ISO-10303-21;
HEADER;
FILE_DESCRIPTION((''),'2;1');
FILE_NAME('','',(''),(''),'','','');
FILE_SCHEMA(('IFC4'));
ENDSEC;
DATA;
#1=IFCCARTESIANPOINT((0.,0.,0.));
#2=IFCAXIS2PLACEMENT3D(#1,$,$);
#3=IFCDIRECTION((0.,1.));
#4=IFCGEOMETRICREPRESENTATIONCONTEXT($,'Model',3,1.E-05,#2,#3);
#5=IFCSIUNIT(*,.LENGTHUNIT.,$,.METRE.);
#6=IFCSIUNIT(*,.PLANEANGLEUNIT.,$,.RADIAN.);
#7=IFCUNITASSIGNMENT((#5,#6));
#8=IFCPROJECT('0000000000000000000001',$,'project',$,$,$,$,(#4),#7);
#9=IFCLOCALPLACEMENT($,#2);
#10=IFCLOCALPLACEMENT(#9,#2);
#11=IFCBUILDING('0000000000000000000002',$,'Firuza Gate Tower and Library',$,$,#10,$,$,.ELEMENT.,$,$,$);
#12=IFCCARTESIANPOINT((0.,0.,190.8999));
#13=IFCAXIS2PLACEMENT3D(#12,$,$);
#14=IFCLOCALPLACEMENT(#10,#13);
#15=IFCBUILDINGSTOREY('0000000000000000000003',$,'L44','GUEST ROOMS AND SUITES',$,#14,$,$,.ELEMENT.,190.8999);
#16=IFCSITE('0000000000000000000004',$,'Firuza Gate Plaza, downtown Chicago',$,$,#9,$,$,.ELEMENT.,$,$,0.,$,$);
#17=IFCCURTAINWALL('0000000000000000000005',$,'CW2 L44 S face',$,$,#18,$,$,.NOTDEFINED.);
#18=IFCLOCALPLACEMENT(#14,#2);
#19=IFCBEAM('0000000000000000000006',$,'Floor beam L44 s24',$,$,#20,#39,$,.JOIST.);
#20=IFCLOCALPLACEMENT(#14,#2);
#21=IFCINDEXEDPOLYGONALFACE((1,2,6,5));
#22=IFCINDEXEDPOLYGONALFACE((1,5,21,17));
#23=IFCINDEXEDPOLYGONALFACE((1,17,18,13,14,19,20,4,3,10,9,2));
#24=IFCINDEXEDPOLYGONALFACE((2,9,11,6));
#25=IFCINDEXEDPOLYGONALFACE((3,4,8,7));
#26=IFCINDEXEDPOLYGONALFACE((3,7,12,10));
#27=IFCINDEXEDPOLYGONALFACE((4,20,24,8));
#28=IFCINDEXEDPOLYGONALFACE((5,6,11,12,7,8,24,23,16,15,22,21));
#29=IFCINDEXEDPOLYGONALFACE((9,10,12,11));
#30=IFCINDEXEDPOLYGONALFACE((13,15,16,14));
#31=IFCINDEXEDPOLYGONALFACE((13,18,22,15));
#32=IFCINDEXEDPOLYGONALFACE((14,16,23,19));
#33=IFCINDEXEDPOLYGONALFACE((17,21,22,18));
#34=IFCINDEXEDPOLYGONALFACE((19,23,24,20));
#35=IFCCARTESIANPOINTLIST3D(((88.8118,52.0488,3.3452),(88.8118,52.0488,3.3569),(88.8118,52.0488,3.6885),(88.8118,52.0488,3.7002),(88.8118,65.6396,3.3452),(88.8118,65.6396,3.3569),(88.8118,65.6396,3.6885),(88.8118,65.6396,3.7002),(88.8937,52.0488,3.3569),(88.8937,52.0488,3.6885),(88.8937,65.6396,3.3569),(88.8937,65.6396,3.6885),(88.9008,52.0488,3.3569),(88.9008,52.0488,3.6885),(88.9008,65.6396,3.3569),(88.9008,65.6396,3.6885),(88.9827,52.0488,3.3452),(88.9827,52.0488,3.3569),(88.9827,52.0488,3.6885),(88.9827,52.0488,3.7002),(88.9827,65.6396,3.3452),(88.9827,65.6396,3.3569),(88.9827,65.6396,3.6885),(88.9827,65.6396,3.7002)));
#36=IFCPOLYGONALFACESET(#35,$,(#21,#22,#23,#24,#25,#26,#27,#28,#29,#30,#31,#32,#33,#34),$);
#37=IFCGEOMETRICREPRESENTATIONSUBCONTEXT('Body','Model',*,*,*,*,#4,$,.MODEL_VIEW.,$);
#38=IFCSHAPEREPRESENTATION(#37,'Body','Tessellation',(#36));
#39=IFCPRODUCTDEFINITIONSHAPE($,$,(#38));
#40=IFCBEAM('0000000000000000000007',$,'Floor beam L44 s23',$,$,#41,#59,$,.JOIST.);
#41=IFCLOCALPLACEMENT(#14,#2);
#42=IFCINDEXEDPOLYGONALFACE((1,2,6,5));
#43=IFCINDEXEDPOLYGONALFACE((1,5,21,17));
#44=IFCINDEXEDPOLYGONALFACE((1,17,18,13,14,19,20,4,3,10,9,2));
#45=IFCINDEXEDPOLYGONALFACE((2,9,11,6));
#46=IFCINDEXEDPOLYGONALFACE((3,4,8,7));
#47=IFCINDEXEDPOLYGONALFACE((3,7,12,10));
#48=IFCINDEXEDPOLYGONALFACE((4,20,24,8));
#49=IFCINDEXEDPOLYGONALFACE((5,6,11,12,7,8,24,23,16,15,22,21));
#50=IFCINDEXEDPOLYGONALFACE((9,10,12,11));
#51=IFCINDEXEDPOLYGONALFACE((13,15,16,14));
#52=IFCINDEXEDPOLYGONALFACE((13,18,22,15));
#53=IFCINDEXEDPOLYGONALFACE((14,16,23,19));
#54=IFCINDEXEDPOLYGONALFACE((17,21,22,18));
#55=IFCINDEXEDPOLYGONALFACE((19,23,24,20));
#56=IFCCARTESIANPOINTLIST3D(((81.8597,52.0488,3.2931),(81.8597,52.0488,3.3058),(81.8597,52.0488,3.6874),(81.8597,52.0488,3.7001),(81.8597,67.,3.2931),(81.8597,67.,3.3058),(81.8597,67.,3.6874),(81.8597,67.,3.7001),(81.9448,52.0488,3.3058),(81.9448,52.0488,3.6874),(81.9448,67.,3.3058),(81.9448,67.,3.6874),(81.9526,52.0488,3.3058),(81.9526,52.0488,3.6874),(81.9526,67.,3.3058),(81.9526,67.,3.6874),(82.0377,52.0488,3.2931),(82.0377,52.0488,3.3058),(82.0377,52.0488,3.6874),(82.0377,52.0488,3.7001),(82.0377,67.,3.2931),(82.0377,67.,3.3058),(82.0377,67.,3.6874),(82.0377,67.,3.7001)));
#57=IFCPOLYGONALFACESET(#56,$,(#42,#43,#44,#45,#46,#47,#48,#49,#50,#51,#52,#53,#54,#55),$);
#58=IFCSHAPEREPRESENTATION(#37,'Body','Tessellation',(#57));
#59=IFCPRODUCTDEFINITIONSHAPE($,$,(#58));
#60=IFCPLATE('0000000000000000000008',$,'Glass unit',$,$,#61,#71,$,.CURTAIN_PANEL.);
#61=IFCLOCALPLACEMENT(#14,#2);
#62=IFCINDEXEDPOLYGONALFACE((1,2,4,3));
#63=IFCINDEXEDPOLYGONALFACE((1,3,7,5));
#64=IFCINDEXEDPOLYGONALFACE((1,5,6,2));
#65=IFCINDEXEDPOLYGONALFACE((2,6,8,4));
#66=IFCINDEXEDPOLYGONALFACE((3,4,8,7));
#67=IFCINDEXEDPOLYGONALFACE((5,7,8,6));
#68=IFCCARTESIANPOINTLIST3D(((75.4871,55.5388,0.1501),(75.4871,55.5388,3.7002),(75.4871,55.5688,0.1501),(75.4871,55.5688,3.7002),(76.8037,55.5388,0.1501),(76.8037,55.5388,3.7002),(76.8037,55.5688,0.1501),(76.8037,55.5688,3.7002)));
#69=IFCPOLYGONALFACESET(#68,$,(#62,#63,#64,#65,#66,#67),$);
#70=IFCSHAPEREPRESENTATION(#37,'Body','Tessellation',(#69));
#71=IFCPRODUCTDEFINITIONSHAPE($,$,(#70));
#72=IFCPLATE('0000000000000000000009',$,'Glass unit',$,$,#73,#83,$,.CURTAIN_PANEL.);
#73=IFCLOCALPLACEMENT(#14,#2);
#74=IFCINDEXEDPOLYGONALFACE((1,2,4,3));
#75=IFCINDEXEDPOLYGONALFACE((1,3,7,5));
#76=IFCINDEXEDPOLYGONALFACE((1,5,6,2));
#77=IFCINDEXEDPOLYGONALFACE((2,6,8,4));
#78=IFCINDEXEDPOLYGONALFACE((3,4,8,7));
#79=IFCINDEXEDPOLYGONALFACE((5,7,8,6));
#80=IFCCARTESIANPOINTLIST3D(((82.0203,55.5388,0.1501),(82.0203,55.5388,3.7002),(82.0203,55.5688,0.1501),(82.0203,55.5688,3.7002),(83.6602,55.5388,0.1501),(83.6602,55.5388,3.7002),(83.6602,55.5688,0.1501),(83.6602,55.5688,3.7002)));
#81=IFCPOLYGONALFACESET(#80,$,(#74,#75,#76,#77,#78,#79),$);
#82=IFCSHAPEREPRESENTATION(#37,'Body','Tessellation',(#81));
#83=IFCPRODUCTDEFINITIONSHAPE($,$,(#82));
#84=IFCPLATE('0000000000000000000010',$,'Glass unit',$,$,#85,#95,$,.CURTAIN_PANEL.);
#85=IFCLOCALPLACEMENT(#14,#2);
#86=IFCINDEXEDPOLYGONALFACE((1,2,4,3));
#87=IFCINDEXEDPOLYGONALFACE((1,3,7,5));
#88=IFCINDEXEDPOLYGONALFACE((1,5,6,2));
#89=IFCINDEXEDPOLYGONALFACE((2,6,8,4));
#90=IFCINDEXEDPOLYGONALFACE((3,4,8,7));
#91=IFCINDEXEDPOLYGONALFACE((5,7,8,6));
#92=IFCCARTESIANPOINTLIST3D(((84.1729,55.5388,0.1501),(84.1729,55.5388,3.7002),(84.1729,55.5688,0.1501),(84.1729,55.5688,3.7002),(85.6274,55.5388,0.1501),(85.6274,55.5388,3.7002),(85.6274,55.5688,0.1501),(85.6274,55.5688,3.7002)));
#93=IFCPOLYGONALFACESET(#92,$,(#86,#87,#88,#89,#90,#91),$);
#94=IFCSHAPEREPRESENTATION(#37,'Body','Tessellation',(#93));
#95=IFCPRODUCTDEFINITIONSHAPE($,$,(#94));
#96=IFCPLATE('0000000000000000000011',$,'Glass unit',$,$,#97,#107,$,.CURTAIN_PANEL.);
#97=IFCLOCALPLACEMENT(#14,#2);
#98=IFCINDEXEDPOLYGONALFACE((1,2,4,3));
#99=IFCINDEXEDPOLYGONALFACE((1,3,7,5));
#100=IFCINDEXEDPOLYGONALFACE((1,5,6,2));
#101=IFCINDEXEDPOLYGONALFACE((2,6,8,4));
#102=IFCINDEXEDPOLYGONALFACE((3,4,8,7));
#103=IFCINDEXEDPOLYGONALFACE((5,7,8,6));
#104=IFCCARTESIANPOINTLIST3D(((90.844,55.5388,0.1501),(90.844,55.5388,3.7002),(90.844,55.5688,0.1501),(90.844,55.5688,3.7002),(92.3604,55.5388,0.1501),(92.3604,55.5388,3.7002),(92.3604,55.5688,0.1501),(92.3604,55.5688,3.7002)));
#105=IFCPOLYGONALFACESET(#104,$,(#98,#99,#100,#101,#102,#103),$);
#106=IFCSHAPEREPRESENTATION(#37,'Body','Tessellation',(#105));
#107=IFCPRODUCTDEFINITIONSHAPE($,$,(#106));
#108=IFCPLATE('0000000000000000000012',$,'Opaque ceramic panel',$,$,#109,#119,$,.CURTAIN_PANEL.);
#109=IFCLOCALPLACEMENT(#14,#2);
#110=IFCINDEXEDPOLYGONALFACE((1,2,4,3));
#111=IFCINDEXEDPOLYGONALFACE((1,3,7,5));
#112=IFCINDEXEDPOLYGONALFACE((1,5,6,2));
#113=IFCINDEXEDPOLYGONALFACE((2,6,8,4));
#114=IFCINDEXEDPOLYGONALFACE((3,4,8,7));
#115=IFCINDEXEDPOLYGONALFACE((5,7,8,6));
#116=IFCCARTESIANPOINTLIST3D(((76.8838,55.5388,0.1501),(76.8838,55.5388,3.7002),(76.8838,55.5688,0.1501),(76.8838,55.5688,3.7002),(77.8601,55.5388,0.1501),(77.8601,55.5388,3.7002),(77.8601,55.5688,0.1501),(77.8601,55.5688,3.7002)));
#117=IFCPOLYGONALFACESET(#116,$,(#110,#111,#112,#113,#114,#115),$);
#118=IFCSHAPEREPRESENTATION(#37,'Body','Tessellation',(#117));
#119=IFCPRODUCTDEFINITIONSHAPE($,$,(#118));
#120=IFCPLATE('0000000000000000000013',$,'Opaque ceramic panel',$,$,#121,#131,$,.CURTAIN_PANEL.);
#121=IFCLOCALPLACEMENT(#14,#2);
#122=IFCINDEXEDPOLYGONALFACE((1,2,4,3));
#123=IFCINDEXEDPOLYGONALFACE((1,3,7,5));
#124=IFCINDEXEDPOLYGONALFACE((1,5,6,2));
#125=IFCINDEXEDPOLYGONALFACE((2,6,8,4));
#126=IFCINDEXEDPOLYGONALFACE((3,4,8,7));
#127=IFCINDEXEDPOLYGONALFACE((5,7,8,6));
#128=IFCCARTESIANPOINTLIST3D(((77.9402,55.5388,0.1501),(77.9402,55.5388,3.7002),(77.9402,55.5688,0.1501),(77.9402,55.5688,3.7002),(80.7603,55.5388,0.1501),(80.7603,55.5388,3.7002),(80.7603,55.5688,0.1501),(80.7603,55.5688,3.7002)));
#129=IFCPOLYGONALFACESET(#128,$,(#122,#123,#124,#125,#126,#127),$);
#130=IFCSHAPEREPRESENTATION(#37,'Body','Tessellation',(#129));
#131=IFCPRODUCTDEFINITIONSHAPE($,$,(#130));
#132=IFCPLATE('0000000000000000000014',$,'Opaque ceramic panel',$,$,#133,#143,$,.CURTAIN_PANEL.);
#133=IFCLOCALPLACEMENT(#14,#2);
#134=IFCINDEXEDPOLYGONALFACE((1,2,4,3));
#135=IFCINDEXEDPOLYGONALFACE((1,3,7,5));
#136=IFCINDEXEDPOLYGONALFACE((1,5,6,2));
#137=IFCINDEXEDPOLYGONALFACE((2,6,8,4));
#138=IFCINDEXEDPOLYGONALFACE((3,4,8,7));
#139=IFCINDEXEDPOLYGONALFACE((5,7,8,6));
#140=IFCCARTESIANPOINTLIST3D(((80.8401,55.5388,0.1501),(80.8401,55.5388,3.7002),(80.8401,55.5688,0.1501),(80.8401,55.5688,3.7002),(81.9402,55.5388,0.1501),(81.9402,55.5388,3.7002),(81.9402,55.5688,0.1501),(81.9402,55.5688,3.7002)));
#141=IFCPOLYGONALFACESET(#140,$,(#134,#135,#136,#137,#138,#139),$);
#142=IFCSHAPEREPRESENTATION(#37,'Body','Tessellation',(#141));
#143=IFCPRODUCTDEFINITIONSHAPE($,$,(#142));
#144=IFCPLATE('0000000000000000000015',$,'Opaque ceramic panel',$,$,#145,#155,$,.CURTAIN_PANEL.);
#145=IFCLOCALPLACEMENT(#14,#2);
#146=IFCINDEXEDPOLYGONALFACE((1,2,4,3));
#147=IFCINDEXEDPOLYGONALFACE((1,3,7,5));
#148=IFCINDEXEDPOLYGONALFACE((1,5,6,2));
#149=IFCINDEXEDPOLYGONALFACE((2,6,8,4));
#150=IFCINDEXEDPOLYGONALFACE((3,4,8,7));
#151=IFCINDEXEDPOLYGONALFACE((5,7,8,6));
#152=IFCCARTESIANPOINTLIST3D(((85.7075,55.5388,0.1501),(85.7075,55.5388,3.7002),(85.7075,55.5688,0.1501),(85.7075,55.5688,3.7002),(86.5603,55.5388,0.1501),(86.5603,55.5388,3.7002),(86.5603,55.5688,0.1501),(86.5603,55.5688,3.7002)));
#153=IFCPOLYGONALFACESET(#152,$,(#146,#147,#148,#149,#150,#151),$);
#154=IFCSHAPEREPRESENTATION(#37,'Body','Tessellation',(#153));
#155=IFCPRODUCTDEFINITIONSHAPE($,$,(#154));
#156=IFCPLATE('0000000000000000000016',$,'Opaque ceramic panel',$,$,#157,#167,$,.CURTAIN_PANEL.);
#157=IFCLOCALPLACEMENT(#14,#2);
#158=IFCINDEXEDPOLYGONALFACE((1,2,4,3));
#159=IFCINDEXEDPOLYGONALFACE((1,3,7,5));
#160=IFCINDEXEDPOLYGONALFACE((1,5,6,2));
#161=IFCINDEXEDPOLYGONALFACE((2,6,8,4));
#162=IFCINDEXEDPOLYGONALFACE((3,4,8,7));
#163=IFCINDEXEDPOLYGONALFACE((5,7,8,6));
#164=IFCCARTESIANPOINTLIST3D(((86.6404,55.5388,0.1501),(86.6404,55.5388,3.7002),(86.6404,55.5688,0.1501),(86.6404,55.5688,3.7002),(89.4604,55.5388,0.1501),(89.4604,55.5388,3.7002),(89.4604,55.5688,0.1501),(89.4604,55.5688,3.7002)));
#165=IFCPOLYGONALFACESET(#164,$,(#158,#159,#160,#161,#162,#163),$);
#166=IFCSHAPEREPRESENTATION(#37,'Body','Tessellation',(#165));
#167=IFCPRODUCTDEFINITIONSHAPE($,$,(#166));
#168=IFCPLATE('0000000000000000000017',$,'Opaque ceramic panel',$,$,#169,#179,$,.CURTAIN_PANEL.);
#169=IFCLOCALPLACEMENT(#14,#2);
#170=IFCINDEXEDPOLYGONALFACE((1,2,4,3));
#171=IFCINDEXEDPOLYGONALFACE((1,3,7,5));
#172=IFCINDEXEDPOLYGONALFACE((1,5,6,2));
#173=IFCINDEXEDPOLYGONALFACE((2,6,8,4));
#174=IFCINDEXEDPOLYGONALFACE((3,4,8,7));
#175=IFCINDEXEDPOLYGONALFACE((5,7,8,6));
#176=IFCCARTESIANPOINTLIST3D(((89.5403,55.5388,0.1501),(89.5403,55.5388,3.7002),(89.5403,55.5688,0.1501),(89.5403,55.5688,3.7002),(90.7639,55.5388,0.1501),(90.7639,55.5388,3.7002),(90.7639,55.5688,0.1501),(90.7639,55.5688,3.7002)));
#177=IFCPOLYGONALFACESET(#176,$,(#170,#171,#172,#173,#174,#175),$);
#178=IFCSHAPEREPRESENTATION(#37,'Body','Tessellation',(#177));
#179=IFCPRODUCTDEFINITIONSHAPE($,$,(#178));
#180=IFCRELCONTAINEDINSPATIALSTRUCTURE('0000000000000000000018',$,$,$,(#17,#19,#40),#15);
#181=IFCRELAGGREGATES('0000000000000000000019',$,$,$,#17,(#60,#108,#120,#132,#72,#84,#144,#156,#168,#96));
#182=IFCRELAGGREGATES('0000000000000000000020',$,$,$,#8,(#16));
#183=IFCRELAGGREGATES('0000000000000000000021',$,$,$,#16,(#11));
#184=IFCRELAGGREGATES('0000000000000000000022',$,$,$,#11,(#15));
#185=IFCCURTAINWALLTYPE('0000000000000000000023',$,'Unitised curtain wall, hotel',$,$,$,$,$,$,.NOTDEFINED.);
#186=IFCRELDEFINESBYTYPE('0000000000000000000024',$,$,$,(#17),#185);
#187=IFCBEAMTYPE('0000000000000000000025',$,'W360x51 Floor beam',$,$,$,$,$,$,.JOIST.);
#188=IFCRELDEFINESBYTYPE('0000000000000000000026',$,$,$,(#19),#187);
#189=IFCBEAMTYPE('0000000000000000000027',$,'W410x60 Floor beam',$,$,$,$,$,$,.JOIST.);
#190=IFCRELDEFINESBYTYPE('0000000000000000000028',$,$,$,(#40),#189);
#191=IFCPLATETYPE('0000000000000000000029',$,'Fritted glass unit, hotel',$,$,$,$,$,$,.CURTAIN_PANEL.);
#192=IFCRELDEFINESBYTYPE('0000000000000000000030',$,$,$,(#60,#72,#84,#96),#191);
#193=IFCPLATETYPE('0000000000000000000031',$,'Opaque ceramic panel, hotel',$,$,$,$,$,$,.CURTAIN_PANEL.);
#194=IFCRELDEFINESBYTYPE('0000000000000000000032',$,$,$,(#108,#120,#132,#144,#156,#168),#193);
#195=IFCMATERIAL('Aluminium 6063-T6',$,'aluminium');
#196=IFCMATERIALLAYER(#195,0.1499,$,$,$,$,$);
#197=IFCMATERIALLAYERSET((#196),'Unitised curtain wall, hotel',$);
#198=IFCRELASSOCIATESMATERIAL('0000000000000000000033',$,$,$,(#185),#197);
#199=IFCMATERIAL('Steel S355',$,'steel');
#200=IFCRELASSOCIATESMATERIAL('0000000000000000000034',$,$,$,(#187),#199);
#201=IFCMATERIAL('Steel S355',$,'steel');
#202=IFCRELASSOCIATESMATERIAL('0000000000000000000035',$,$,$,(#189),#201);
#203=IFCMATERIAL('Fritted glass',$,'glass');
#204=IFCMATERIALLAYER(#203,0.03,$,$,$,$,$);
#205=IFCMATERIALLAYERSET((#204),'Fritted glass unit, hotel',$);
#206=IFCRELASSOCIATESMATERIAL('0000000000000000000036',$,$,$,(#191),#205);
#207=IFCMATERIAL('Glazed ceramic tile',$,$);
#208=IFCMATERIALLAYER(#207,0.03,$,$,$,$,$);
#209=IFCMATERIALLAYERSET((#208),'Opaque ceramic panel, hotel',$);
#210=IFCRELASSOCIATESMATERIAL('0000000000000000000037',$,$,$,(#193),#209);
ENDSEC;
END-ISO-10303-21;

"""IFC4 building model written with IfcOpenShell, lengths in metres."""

from ifc_helpers import new_model, si_unit, direction, frame, origin, origin_2d, place, context, subcontext, project, spatial, polyline, i_section, outline, extrude, material, layer, layer_set, material_profile, profile_set, type_object, element, aggregate, save


model = new_model("IFC4")

# Units and contexts
model_context = context("Model", 3, precision=1e-05, world=origin(), true_north=direction((0.0, 1.0)))
body_context = subcontext(model_context, "Body", "Model", "MODEL_VIEW")
ifc_project = project(units=[si_unit("LENGTHUNIT", "METRE"), si_unit("PLANEANGLEUNIT", "RADIAN")], contexts=[model_context])

# Site, building, storey
site_placement = place(None, origin())
site = spatial("IfcSite", under=ifc_project, at=site_placement, Name="Firuza Gate Plaza, downtown Chicago", CompositionType="ELEMENT", RefElevation=0.0)
building_placement = place(site_placement, origin())
building = spatial("IfcBuilding", under=site, at=building_placement, Name="Firuza Gate Tower and Library", CompositionType="ELEMENT")
storey_placement = place(building_placement, frame((0.0, 0.0, 190.8999)))
storey = spatial("IfcBuildingStorey", under=building, at=storey_placement, Name="L44", Description="GUEST ROOMS AND SUITES", CompositionType="ELEMENT", Elevation=190.8999)

# Curtain wall
ifc_material_1 = material(Name="Aluminium 6063-T6", Category="aluminium")
ifc_layer_1 = layer(ifc_material_1, 0.1499)
ifc_layer_set_1 = layer_set([ifc_layer_1], Name="Unitised curtain wall, hotel")
curtain_wall_type = type_object("IfcCurtainWallType", Name="Unitised curtain wall, hotel", PredefinedType="NOTDEFINED", material=ifc_layer_set_1)
curtain_wall_placement = place(storey_placement, origin())
curtain_wall = element("IfcCurtainWall", 1, at=curtain_wall_placement, inside=storey, type_object=curtain_wall_type, Name="CW2 L44 S face", PredefinedType="NOTDEFINED")

# Beams
ifc_material_2 = material(Name="Steel S355", Category="steel")
ifc_material_profile_1 = material_profile(ifc_material_2, i_section(OverallWidth=0.1709, OverallDepth=0.355, WebThickness=0.0071, FlangeThickness=0.0117, at=origin_2d()))
ifc_profile_set_1 = profile_set([ifc_material_profile_1], Name="Steel S355")
beam_type_1 = type_object("IfcBeamType", Name="W360x51 Floor beam", PredefinedType="JOIST", material=ifc_profile_set_1)
beam_1_placement = place(storey_placement, frame((88.8972, 52.0488, 3.5227), z_axis=(0.0, 1.0, 0.0), x_axis=(-1.0, 0.0, 0.0)))
element("IfcBeam", 2, at=beam_1_placement, inside=storey, type_object=beam_type_1, Name="Floor beam L44 s24", PredefinedType="JOIST", context=body_context, shape_type="SweptSolid", body=[
    extrude(i_section(OverallWidth=0.1709, OverallDepth=0.355, WebThickness=0.0071, FlangeThickness=0.0117, at=origin_2d()), origin(), (0.0, 0.0, 1.0), 13.5908),
])
ifc_material_3 = material(Name="Steel S355", Category="steel")
ifc_material_profile_2 = material_profile(ifc_material_3, i_section(OverallWidth=0.178, OverallDepth=0.407, WebThickness=0.0078, FlangeThickness=0.0127, at=origin_2d()))
ifc_profile_set_2 = profile_set([ifc_material_profile_2], Name="Steel S355")
beam_type_2 = type_object("IfcBeamType", Name="W410x60 Floor beam", PredefinedType="JOIST", material=ifc_profile_set_2)
beam_2_placement = place(storey_placement, frame((81.9487, 52.0488, 3.4966), z_axis=(0.0, 1.0, 0.0), x_axis=(-1.0, 0.0, 0.0)))
element("IfcBeam", 3, at=beam_2_placement, inside=storey, type_object=beam_type_2, Name="Floor beam L44 s23", PredefinedType="JOIST", context=body_context, shape_type="SweptSolid", body=[
    extrude(i_section(OverallWidth=0.178, OverallDepth=0.407, WebThickness=0.0078, FlangeThickness=0.0127, at=origin_2d()), origin(), (0.0, 0.0, 1.0), 14.9512),
])

# Plates
ifc_material_4 = material(Name="Fritted glass", Category="glass")
ifc_layer_2 = layer(ifc_material_4, 0.03)
ifc_layer_set_2 = layer_set([ifc_layer_2], Name="Fritted glass unit, hotel")
plate_type_1 = type_object("IfcPlateType", Name="Fritted glass unit, hotel", PredefinedType="CURTAIN_PANEL", material=ifc_layer_set_2)
plate_1_placement = place(storey_placement, frame((75.4871, 55.5388, 0.1501), z_axis=(0.0, -1.0, 0.0), x_axis=(1.0, 0.0, 0.0)))
plate_1 = element("IfcPlate", 4, at=plate_1_placement, type_object=plate_type_1, Name="Glass unit", PredefinedType="CURTAIN_PANEL", context=body_context, shape_type="SweptSolid", body=[
    extrude(outline(polyline([(0.0, 0.0), (1.3167, 0.0), (1.3167, 3.55), (0.0, 3.55), (0.0, 0.0)])), origin(), (0.0, 0.0, -1.0), 0.03),
])
plate_2_placement = place(storey_placement, frame((82.0203, 55.5388, 0.1501), z_axis=(0.0, -1.0, 0.0), x_axis=(1.0, 0.0, 0.0)))
plate_2 = element("IfcPlate", 5, at=plate_2_placement, type_object=plate_type_1, Name="Glass unit", PredefinedType="CURTAIN_PANEL", context=body_context, shape_type="SweptSolid", body=[
    extrude(outline(polyline([(0.0, 0.0), (1.6399, 0.0), (1.6399, 3.55), (0.0, 3.55), (0.0, 0.0)])), origin(), (0.0, 0.0, -1.0), 0.03),
])
plate_3_placement = place(storey_placement, frame((84.1729, 55.5388, 0.1501), z_axis=(0.0, -1.0, 0.0), x_axis=(1.0, 0.0, 0.0)))
plate_3 = element("IfcPlate", 6, at=plate_3_placement, type_object=plate_type_1, Name="Glass unit", PredefinedType="CURTAIN_PANEL", context=body_context, shape_type="SweptSolid", body=[
    extrude(outline(polyline([(0.0, 0.0), (1.4546, 0.0), (1.4546, 3.55), (0.0, 3.55), (0.0, 0.0)])), origin(), (0.0, 0.0, -1.0), 0.03),
])
plate_4_placement = place(storey_placement, frame((90.844, 55.5388, 0.1501), z_axis=(0.0, -1.0, 0.0), x_axis=(1.0, 0.0, 0.0)))
plate_4 = element("IfcPlate", 7, at=plate_4_placement, type_object=plate_type_1, Name="Glass unit", PredefinedType="CURTAIN_PANEL", context=body_context, shape_type="SweptSolid", body=[
    extrude(outline(polyline([(0.0, 0.0), (1.5164, 0.0), (1.5164, 3.55), (0.0, 3.55), (0.0, 0.0)])), origin(), (0.0, 0.0, -1.0), 0.03),
])
ifc_material_5 = material(Name="Glazed ceramic tile")
ifc_layer_3 = layer(ifc_material_5, 0.03)
ifc_layer_set_3 = layer_set([ifc_layer_3], Name="Opaque ceramic panel, hotel")
plate_type_2 = type_object("IfcPlateType", Name="Opaque ceramic panel, hotel", PredefinedType="CURTAIN_PANEL", material=ifc_layer_set_3)
plate_5_placement = place(storey_placement, frame((76.8838, 55.5388, 0.1501), z_axis=(0.0, -1.0, 0.0), x_axis=(1.0, 0.0, 0.0)))
plate_5 = element("IfcPlate", 8, at=plate_5_placement, type_object=plate_type_2, Name="Opaque ceramic panel", PredefinedType="CURTAIN_PANEL", context=body_context, shape_type="SweptSolid", body=[
    extrude(outline(polyline([(0.0, 0.0), (0.9763, 0.0), (0.9763, 3.55), (0.0, 3.55), (0.0, 0.0)])), origin(), (0.0, 0.0, -1.0), 0.03),
])
plate_6_placement = place(storey_placement, frame((77.9402, 55.5388, 0.1501), z_axis=(0.0, -1.0, 0.0), x_axis=(1.0, 0.0, 0.0)))
plate_6 = element("IfcPlate", 9, at=plate_6_placement, type_object=plate_type_2, Name="Opaque ceramic panel", PredefinedType="CURTAIN_PANEL", context=body_context, shape_type="SweptSolid", body=[
    extrude(outline(polyline([(0.0, 0.0), (2.8201, 0.0), (2.8201, 3.55), (0.0, 3.55), (0.0, 0.0)])), origin(), (0.0, 0.0, -1.0), 0.03),
])
plate_7_placement = place(storey_placement, frame((80.8401, 55.5388, 0.1501), z_axis=(0.0, -1.0, 0.0), x_axis=(1.0, 0.0, 0.0)))
plate_7 = element("IfcPlate", 10, at=plate_7_placement, type_object=plate_type_2, Name="Opaque ceramic panel", PredefinedType="CURTAIN_PANEL", context=body_context, shape_type="SweptSolid", body=[
    extrude(outline(polyline([(0.0, 0.0), (1.1001, 0.0), (1.1001, 3.55), (0.0, 3.55), (0.0, 0.0)])), origin(), (0.0, 0.0, -1.0), 0.03),
])
plate_8_placement = place(storey_placement, frame((85.7075, 55.5388, 0.1501), z_axis=(0.0, -1.0, 0.0), x_axis=(1.0, 0.0, 0.0)))
plate_8 = element("IfcPlate", 11, at=plate_8_placement, type_object=plate_type_2, Name="Opaque ceramic panel", PredefinedType="CURTAIN_PANEL", context=body_context, shape_type="SweptSolid", body=[
    extrude(outline(polyline([(0.0, 0.0), (0.8528, 0.0), (0.8528, 3.55), (0.0, 3.55), (0.0, 0.0)])), origin(), (0.0, 0.0, -1.0), 0.03),
])
plate_9_placement = place(storey_placement, frame((86.6404, 55.5388, 0.1501), z_axis=(0.0, -1.0, 0.0), x_axis=(1.0, 0.0, 0.0)))
plate_9 = element("IfcPlate", 12, at=plate_9_placement, type_object=plate_type_2, Name="Opaque ceramic panel", PredefinedType="CURTAIN_PANEL", context=body_context, shape_type="SweptSolid", body=[
    extrude(outline(polyline([(0.0, 0.0), (2.8201, 0.0), (2.8201, 3.55), (0.0, 3.55), (0.0, 0.0)])), origin(), (0.0, 0.0, -1.0), 0.03),
])
plate_10_placement = place(storey_placement, frame((89.5403, 55.5388, 0.1501), z_axis=(0.0, -1.0, 0.0), x_axis=(1.0, 0.0, 0.0)))
plate_10 = element("IfcPlate", 13, at=plate_10_placement, type_object=plate_type_2, Name="Opaque ceramic panel", PredefinedType="CURTAIN_PANEL", context=body_context, shape_type="SweptSolid", body=[
    extrude(outline(polyline([(0.0, 0.0), (1.2236, 0.0), (1.2236, 3.55), (0.0, 3.55), (0.0, 0.0)])), origin(), (0.0, 0.0, -1.0), 0.03),
])
aggregate(curtain_wall, [plate_1, plate_5, plate_6, plate_7, plate_2, plate_3, plate_8, plate_9, plate_10, plate_4])

save(model, "model.ifc")
